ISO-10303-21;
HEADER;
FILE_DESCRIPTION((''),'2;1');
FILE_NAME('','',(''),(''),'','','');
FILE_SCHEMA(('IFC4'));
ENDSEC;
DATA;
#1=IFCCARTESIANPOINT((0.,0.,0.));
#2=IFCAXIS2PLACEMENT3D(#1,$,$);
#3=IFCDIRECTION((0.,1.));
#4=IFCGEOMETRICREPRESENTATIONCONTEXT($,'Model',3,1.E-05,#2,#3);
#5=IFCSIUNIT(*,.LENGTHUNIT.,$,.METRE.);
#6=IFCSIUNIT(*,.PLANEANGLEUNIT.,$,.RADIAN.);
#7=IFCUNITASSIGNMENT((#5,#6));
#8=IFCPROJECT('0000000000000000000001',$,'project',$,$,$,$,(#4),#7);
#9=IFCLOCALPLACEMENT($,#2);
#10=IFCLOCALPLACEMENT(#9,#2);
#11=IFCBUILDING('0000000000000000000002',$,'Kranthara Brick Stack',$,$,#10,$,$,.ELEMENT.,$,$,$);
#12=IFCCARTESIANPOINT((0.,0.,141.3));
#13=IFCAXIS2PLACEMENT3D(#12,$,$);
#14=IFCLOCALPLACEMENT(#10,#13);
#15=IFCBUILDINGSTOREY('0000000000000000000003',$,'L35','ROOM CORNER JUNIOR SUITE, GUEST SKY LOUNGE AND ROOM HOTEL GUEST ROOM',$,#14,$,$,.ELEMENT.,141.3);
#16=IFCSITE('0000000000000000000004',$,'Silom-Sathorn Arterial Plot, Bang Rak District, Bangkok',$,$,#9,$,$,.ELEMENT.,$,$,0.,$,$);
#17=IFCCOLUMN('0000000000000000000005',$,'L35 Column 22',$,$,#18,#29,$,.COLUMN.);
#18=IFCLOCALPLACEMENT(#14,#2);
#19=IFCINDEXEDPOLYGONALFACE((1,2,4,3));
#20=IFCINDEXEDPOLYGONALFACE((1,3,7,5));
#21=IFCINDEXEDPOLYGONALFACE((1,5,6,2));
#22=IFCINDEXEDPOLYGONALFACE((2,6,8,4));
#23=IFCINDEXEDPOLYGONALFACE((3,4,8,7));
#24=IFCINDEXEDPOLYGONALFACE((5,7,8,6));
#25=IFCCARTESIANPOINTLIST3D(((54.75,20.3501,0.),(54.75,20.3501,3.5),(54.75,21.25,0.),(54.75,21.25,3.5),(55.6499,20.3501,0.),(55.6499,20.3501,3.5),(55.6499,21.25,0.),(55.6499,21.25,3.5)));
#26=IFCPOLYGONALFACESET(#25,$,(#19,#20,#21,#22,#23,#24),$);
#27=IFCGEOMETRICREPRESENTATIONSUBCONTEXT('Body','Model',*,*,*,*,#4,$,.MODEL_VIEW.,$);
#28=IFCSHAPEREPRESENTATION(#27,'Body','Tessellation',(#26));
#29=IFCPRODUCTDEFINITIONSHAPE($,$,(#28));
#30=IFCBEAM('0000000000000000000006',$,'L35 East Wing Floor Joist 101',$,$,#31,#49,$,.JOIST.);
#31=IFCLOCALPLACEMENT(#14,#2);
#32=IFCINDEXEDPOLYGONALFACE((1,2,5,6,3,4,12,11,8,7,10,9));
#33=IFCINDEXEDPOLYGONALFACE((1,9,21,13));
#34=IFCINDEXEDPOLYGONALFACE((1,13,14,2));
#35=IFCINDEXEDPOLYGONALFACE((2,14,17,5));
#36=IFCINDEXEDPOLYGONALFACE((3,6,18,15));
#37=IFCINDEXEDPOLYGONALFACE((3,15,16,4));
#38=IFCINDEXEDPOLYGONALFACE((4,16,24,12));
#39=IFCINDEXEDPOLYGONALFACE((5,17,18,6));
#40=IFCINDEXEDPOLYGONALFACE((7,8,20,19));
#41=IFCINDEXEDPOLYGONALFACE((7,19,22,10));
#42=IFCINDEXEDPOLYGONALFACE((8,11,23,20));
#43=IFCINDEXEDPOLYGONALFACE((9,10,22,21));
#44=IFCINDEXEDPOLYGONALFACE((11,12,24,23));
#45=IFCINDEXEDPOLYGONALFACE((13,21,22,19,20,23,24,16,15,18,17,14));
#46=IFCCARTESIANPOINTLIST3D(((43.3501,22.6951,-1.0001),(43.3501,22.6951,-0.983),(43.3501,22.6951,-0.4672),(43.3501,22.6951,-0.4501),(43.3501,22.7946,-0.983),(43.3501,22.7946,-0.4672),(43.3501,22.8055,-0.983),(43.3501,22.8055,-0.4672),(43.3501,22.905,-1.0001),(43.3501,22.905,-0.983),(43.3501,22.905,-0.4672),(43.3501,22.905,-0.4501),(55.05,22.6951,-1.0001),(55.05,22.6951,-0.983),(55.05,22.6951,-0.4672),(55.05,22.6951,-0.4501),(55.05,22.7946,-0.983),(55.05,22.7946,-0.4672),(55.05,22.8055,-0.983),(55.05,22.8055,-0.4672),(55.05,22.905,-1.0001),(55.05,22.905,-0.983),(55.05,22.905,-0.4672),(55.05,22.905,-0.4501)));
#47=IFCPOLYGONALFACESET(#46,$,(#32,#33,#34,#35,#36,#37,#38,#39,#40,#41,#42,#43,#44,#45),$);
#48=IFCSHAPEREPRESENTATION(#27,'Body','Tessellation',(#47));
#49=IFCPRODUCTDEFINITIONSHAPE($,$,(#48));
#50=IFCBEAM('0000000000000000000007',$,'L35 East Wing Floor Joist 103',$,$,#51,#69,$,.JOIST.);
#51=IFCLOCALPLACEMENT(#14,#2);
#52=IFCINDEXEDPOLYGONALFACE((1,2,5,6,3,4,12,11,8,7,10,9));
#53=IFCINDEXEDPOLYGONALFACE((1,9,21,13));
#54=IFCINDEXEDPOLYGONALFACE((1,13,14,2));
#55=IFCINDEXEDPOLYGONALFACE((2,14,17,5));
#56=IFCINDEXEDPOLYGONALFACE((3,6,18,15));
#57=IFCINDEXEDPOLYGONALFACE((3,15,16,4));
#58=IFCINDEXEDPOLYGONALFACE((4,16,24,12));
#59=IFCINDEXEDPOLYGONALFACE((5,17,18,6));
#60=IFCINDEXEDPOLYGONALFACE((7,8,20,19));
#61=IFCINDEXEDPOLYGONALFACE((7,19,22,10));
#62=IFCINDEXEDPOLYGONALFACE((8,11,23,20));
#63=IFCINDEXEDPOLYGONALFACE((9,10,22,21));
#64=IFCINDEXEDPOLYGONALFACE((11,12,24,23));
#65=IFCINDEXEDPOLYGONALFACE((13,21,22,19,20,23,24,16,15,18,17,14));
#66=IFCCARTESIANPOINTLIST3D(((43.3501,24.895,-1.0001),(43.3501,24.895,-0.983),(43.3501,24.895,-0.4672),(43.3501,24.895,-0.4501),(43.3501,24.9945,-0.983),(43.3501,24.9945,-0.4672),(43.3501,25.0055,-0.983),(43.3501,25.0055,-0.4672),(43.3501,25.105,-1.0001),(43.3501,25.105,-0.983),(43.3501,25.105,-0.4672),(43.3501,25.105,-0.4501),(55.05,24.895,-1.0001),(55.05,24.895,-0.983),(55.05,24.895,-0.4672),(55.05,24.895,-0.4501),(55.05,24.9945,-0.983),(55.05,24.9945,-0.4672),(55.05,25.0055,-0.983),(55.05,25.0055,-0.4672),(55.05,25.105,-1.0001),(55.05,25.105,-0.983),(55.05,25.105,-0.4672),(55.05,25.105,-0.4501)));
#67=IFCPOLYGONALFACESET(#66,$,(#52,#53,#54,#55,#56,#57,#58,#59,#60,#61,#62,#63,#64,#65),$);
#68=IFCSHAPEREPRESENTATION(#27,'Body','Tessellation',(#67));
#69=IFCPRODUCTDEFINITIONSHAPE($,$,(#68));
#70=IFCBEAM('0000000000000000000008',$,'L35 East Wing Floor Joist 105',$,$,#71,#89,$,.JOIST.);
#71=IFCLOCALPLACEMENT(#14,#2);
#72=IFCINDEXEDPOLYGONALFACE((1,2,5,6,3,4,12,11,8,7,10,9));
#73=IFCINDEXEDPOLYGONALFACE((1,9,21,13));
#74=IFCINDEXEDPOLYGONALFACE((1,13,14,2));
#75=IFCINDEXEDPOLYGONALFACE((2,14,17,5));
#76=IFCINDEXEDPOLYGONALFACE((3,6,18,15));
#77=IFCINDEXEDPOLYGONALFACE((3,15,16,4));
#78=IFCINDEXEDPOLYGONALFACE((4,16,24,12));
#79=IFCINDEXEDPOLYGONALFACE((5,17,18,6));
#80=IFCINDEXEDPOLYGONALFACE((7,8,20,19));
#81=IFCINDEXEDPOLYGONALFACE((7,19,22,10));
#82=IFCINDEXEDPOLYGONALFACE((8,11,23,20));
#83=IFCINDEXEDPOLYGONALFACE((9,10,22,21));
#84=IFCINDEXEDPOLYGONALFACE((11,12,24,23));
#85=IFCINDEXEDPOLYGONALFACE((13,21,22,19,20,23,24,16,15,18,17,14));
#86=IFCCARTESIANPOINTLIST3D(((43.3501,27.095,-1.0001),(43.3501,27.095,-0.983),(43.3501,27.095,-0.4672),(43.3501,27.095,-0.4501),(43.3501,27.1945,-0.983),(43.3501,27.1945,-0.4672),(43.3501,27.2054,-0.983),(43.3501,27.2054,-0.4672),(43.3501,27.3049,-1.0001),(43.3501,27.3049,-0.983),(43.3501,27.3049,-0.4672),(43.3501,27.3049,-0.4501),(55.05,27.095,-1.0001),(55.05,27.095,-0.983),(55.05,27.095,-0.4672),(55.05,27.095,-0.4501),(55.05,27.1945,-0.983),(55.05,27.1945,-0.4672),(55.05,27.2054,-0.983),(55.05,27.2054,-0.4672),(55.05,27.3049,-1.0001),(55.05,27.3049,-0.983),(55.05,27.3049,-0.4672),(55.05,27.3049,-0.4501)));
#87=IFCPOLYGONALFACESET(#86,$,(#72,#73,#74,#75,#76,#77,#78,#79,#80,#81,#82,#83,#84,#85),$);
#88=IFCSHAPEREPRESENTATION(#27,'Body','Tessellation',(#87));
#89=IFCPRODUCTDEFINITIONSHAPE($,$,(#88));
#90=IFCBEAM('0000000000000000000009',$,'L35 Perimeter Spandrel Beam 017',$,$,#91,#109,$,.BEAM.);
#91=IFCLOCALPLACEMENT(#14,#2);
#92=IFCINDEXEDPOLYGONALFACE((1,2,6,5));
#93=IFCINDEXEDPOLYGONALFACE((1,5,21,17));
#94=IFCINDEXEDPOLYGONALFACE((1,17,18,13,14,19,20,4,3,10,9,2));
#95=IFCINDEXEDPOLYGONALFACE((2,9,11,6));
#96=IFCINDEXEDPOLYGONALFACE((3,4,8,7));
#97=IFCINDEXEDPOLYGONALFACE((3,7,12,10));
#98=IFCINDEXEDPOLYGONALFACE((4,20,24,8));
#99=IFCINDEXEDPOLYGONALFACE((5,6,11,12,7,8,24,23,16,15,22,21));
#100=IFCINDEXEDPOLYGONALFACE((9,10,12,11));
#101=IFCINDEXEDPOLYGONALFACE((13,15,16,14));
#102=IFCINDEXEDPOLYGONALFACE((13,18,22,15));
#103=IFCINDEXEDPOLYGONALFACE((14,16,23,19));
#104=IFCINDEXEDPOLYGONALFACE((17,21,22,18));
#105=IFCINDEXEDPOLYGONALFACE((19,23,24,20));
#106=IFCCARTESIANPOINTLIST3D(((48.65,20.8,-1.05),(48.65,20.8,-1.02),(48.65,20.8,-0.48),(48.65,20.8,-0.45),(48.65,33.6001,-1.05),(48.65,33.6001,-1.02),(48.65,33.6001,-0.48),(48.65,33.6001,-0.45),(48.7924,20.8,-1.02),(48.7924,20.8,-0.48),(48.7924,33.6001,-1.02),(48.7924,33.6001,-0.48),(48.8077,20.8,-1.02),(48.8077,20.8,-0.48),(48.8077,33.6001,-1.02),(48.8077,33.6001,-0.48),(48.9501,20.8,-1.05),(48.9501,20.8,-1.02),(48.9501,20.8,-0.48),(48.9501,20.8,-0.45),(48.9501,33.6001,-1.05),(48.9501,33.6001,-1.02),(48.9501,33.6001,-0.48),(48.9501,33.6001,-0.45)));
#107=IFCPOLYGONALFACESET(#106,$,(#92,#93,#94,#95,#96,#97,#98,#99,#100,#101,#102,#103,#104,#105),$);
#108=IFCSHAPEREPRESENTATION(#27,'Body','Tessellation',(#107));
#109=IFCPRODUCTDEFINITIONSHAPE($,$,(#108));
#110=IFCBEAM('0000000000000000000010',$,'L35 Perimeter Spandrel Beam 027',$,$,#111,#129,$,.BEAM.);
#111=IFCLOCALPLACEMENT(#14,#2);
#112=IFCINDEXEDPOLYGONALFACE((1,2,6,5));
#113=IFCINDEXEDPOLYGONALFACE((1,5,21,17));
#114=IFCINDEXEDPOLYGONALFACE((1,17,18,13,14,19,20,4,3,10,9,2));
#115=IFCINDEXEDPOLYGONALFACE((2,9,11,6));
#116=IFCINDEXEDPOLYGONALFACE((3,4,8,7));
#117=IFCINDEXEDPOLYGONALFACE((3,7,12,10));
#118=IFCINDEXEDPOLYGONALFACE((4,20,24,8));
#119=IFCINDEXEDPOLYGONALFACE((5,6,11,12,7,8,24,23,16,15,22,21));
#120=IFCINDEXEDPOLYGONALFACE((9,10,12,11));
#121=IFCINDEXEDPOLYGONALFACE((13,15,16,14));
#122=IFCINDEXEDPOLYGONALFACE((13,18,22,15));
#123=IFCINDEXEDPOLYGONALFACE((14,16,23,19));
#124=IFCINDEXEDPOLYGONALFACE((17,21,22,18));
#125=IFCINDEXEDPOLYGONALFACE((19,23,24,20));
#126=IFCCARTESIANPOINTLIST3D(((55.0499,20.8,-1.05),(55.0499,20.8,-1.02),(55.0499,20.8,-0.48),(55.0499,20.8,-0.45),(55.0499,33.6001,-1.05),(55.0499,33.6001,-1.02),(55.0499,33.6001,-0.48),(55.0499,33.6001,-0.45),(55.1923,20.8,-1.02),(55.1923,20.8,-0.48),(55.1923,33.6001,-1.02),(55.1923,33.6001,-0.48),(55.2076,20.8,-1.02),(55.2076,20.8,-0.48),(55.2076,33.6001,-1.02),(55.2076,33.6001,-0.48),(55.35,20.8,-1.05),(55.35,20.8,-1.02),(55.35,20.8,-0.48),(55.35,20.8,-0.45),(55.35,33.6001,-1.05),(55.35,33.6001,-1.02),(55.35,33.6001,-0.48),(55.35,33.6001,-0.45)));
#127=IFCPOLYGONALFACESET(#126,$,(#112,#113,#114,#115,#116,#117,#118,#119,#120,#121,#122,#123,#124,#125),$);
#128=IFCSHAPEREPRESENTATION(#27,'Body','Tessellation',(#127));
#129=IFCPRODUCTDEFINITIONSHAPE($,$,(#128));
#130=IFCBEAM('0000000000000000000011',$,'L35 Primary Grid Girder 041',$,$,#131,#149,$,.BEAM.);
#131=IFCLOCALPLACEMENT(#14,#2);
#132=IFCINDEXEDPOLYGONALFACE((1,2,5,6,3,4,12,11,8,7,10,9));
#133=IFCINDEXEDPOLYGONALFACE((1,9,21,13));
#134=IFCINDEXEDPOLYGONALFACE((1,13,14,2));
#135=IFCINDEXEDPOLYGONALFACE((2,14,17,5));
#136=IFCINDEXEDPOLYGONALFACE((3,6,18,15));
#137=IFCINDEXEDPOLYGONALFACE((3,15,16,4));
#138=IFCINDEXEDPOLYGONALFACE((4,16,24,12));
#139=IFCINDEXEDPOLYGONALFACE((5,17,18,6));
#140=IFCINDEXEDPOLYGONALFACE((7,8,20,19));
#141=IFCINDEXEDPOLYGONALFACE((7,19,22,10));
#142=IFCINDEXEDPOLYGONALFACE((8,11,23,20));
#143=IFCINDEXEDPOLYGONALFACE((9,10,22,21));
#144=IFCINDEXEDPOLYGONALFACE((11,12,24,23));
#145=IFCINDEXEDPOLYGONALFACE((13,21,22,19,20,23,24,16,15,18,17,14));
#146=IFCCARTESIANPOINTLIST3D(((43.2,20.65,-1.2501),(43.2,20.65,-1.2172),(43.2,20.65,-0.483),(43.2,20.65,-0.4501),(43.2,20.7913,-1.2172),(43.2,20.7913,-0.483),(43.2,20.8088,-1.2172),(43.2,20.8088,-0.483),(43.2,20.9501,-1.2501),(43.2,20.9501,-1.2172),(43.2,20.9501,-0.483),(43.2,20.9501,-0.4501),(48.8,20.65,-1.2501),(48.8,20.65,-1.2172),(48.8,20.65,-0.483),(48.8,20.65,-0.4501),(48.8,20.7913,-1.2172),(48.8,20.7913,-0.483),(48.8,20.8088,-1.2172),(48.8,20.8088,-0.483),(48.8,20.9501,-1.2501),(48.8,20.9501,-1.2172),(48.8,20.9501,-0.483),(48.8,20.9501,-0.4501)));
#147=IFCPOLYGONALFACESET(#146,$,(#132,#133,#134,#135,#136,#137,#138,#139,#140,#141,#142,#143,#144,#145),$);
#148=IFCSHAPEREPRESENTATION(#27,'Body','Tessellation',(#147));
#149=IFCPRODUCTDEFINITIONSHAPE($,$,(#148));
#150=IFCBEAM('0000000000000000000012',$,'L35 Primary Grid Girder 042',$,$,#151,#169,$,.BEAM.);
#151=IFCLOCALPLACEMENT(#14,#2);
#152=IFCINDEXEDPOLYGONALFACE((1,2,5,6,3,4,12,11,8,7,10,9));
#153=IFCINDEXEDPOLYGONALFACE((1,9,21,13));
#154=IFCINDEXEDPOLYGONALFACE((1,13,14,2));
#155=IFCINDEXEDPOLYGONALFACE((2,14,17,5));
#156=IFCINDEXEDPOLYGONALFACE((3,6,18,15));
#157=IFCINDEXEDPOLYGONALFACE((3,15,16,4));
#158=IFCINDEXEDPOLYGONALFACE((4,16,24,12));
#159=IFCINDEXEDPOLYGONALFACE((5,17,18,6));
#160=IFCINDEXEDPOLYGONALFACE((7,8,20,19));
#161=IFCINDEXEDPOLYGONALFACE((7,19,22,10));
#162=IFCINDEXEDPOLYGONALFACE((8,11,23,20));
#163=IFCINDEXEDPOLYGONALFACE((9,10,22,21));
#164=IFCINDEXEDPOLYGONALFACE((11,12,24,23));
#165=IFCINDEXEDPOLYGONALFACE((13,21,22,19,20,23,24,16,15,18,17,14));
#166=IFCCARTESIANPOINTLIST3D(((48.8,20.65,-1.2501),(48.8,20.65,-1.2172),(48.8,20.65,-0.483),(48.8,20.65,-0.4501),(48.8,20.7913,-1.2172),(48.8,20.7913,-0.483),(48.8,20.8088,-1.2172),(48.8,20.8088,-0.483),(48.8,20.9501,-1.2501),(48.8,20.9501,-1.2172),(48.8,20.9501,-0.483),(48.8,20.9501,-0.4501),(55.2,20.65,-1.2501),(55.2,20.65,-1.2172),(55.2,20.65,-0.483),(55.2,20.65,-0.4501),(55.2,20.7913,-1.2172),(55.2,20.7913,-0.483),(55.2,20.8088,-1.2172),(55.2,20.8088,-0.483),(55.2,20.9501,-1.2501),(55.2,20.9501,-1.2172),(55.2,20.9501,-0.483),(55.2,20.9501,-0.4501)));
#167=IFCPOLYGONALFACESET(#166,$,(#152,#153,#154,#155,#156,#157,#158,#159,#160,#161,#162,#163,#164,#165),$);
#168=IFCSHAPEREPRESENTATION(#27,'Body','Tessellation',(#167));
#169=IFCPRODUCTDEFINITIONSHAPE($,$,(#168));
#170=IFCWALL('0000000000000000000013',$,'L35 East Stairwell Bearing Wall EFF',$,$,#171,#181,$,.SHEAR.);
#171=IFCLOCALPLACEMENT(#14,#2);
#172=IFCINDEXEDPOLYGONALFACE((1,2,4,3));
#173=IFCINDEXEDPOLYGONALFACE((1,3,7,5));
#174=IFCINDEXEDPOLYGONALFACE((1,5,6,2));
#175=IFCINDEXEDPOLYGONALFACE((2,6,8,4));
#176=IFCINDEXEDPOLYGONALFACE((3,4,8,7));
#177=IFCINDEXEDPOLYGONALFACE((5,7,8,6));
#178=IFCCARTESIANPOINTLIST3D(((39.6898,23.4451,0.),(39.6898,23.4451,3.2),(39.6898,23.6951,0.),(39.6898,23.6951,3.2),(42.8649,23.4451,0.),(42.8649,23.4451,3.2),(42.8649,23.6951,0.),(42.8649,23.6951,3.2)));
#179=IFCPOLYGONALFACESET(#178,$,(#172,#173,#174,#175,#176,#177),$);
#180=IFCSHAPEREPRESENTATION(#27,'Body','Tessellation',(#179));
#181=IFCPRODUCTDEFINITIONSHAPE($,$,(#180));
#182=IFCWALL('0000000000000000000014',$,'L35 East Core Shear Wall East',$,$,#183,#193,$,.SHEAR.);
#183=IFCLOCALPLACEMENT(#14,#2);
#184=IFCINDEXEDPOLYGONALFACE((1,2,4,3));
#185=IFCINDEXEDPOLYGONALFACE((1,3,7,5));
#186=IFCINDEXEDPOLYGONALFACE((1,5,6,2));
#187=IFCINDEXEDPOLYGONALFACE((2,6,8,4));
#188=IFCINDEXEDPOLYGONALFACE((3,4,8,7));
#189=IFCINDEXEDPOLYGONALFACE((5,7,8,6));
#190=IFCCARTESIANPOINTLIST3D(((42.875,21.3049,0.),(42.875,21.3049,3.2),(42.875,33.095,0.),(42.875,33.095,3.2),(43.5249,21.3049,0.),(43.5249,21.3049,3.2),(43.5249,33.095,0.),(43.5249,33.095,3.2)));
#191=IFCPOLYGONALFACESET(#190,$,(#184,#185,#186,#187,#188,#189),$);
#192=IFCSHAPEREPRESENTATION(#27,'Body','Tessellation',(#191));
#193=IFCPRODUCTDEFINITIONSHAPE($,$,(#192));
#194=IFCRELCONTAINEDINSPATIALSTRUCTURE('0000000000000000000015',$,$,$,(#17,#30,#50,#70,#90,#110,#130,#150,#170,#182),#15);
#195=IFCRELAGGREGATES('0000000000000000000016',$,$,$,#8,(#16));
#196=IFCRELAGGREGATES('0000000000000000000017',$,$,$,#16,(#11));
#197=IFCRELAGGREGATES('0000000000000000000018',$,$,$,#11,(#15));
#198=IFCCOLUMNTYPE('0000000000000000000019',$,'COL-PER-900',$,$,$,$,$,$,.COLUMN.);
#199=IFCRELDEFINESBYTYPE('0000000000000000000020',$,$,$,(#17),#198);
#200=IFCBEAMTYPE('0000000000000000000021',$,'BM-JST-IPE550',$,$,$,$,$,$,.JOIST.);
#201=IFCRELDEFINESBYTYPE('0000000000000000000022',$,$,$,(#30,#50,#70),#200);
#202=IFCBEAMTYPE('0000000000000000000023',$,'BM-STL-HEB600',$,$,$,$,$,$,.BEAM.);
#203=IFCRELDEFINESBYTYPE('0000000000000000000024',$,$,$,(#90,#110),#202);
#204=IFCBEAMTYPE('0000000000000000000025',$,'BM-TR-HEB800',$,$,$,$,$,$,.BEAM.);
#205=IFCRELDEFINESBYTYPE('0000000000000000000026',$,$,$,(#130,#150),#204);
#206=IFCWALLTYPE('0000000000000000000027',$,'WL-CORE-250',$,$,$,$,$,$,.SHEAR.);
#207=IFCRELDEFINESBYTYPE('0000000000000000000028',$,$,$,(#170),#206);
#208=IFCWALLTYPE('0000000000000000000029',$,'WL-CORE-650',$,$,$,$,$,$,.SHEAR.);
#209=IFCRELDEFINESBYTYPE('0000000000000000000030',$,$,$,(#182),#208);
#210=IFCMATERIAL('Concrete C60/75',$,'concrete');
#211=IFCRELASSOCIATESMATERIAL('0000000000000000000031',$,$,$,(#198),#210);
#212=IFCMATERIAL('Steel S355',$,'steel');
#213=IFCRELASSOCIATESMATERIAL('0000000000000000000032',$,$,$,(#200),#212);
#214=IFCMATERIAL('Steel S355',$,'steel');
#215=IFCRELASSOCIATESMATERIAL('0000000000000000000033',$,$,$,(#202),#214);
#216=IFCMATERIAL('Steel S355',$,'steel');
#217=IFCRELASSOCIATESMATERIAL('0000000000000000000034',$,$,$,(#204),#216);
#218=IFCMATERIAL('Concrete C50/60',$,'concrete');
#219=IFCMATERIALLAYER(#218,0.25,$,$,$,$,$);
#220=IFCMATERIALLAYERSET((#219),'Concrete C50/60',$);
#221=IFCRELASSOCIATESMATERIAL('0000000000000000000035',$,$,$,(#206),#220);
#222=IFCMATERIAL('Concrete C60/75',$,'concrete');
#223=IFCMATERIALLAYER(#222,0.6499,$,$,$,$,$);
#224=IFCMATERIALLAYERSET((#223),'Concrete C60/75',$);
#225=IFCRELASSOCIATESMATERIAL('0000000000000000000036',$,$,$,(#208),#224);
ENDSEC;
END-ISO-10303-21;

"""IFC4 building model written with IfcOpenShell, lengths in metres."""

from ifc_helpers import new_model, si_unit, direction, frame, frame_2d, origin, origin_2d, place, context, subcontext, project, spatial, rectangle, i_section, extrude, material, layer, layer_set, material_profile, profile_set, type_object, element, save


model = new_model("IFC4")

# Units and contexts
model_context = context("Model", 3, precision=1e-05, world=origin(), true_north=direction((0.0, 1.0)))
body_context = subcontext(model_context, "Body", "Model", "MODEL_VIEW")
ifc_project = project(units=[si_unit("LENGTHUNIT", "METRE"), si_unit("PLANEANGLEUNIT", "RADIAN")], contexts=[model_context])

# Site, building, storey
site_placement = place(None, origin())
site = spatial("IfcSite", under=ifc_project, at=site_placement, Name="Silom-Sathorn Arterial Plot, Bang Rak District, Bangkok", CompositionType="ELEMENT", RefElevation=0.0)
building_placement = place(site_placement, origin())
building = spatial("IfcBuilding", under=site, at=building_placement, Name="Kranthara Brick Stack", CompositionType="ELEMENT")
storey_placement = place(building_placement, frame((0.0, 0.0, 141.3)))
storey = spatial("IfcBuildingStorey", under=building, at=storey_placement, Name="L35", Description="ROOM CORNER JUNIOR SUITE, GUEST SKY LOUNGE AND ROOM HOTEL GUEST ROOM", CompositionType="ELEMENT", Elevation=141.3)

# Column
ifc_material_1 = material(Name="Concrete C60/75", Category="concrete")
ifc_material_profile_1 = material_profile(ifc_material_1, rectangle(XDim=0.8999, YDim=0.8999, at=origin_2d()), Name="RC 900x900")
ifc_profile_set_1 = profile_set([ifc_material_profile_1], Name="Concrete C60/75")
column_type = type_object("IfcColumnType", Name="COL-PER-900", PredefinedType="COLUMN", material=ifc_profile_set_1)
column_placement = place(storey_placement, frame((55.2, 20.8, 0.0), z_axis=(0.0, 0.0, 1.0), x_axis=(1.0, 0.0, 0.0)))
element("IfcColumn", 1, at=column_placement, inside=storey, type_object=column_type, Name="L35 Column 22", PredefinedType="COLUMN", context=body_context, shape_type="SweptSolid", body=[
    extrude(rectangle(XDim=0.8999, YDim=0.8999, at=origin_2d()), origin(), (0.0, 0.0, 1.0), 3.5),
])

# Beams
ifc_material_2 = material(Name="Steel S355", Category="steel")
ifc_material_profile_2 = material_profile(ifc_material_2, i_section(OverallWidth=0.21, OverallDepth=0.55, WebThickness=0.011, FlangeThickness=0.0171, at=origin_2d()), Name="IPE 550")
ifc_profile_set_2 = profile_set([ifc_material_profile_2], Name="Steel S355")
beam_type_1 = type_object("IfcBeamType", Name="BM-JST-IPE550", PredefinedType="JOIST", material=ifc_profile_set_2)
for number, where, z_axis, x_axis, name in (
    (2, (43.3501, 22.8, -0.7251), (1.0, 0.0, 0.0), (0.0, 1.0, 0.0), "L35 East Wing Floor Joist 101"),
    (3, (43.3501, 25.0, -0.7251), (1.0, 0.0, 0.0), (0.0, 1.0, 0.0), "L35 East Wing Floor Joist 103"),
    (4, (43.3501, 27.2, -0.7251), (1.0, 0.0, 0.0), (0.0, 1.0, 0.0), "L35 East Wing Floor Joist 105"),
):
    element("IfcBeam", number, at=place(storey_placement, frame(where, z_axis=z_axis, x_axis=x_axis)), inside=storey, type_object=beam_type_1, Name=name, PredefinedType="JOIST", context=body_context, shape_type="SweptSolid", body=[
        extrude(i_section(OverallWidth=0.21, OverallDepth=0.55, WebThickness=0.011, FlangeThickness=0.0171, at=origin_2d()), origin(), (0.0, 0.0, 1.0), 11.7),
    ])
ifc_material_3 = material(Name="Steel S355", Category="steel")
ifc_material_profile_3 = material_profile(ifc_material_3, i_section(OverallWidth=0.3, OverallDepth=0.6001, WebThickness=0.0154, FlangeThickness=0.03, at=origin_2d()), Name="HEB 600")
ifc_profile_set_3 = profile_set([ifc_material_profile_3], Name="Steel S355")
beam_type_2 = type_object("IfcBeamType", Name="BM-STL-HEB600", PredefinedType="BEAM", material=ifc_profile_set_3)
for number, where, z_axis, x_axis, name in (
    (5, (48.8, 20.8, -0.75), (0.0, 1.0, 0.0), (-1.0, 0.0, 0.0), "L35 Perimeter Spandrel Beam 017"),
    (6, (55.2, 20.8, -0.75), (0.0, 1.0, 0.0), (-1.0, 0.0, 0.0), "L35 Perimeter Spandrel Beam 027"),
):
    element("IfcBeam", number, at=place(storey_placement, frame(where, z_axis=z_axis, x_axis=x_axis)), inside=storey, type_object=beam_type_2, Name=name, PredefinedType="BEAM", context=body_context, shape_type="SweptSolid", body=[
        extrude(i_section(OverallWidth=0.3, OverallDepth=0.6001, WebThickness=0.0154, FlangeThickness=0.03, at=origin_2d()), origin(), (0.0, 0.0, 1.0), 12.8),
    ])
ifc_material_4 = material(Name="Steel S355", Category="steel")
ifc_material_profile_4 = material_profile(ifc_material_4, i_section(OverallWidth=0.3, OverallDepth=0.8, WebThickness=0.0176, FlangeThickness=0.033, at=origin_2d()), Name="HEB 800")
ifc_profile_set_4 = profile_set([ifc_material_profile_4], Name="Steel S355")
beam_type_3 = type_object("IfcBeamType", Name="BM-TR-HEB800", PredefinedType="BEAM", material=ifc_profile_set_4)
beam_1_placement = place(storey_placement, frame((43.2, 20.8, -0.8501), z_axis=(1.0, 0.0, 0.0), x_axis=(0.0, 1.0, 0.0)))
element("IfcBeam", 7, at=beam_1_placement, inside=storey, type_object=beam_type_3, Name="L35 Primary Grid Girder 041", PredefinedType="BEAM", context=body_context, shape_type="SweptSolid", body=[
    extrude(i_section(OverallWidth=0.3, OverallDepth=0.8, WebThickness=0.0176, FlangeThickness=0.033, at=origin_2d()), origin(), (0.0, 0.0, 1.0), 5.6001),
])
beam_2_placement = place(storey_placement, frame((48.8, 20.8, -0.8501), z_axis=(1.0, 0.0, 0.0), x_axis=(0.0, 1.0, 0.0)))
element("IfcBeam", 8, at=beam_2_placement, inside=storey, type_object=beam_type_3, Name="L35 Primary Grid Girder 042", PredefinedType="BEAM", context=body_context, shape_type="SweptSolid", body=[
    extrude(i_section(OverallWidth=0.3, OverallDepth=0.8, WebThickness=0.0176, FlangeThickness=0.033, at=origin_2d()), origin(), (0.0, 0.0, 1.0), 6.3999),
])

# Shared definitions
ifc_material_5 = material(Name="Concrete C50/60", Category="concrete")
ifc_layer_1 = layer(ifc_material_5, 0.25)
ifc_layer_set_1 = layer_set([ifc_layer_1], Name="Concrete C50/60")
wall_type_1 = type_object("IfcWallType", Name="WL-CORE-250", PredefinedType="SHEAR", material=ifc_layer_set_1)

# Walls
wall_1_placement = place(storey_placement, frame((39.6899, 23.5701, 0.0), z_axis=(0.0, 0.0, 1.0), x_axis=(1.0, 0.0, 0.0)))
element("IfcWall", 9, at=wall_1_placement, inside=storey, type_object=wall_type_1, Name="L35 East Stairwell Bearing Wall EFF", PredefinedType="SHEAR", context=body_context, shape_type="SweptSolid", body=[
    extrude(rectangle(XDim=3.175, YDim=0.25, at=frame_2d((1.5874, 0.0))), origin(), (0.0, 0.0, 1.0), 3.2),
])
ifc_material_6 = material(Name="Concrete C60/75", Category="concrete")
ifc_layer_2 = layer(ifc_material_6, 0.6499)
ifc_layer_set_2 = layer_set([ifc_layer_2], Name="Concrete C60/75")
wall_type_2 = type_object("IfcWallType", Name="WL-CORE-650", PredefinedType="SHEAR", material=ifc_layer_set_2)
wall_2_placement = place(storey_placement, frame((43.2, 21.3049, 0.0), z_axis=(0.0, 0.0, 1.0), x_axis=(0.0, 1.0, 0.0)))
element("IfcWall", 10, at=wall_2_placement, inside=storey, type_object=wall_type_2, Name="L35 East Core Shear Wall East", PredefinedType="SHEAR", context=body_context, shape_type="SweptSolid", body=[
    extrude(rectangle(XDim=11.79, YDim=0.6499, at=frame_2d((5.895, 0.0))), origin(), (0.0, 0.0, 1.0), 3.2),
])

save(model, "model.ifc")
